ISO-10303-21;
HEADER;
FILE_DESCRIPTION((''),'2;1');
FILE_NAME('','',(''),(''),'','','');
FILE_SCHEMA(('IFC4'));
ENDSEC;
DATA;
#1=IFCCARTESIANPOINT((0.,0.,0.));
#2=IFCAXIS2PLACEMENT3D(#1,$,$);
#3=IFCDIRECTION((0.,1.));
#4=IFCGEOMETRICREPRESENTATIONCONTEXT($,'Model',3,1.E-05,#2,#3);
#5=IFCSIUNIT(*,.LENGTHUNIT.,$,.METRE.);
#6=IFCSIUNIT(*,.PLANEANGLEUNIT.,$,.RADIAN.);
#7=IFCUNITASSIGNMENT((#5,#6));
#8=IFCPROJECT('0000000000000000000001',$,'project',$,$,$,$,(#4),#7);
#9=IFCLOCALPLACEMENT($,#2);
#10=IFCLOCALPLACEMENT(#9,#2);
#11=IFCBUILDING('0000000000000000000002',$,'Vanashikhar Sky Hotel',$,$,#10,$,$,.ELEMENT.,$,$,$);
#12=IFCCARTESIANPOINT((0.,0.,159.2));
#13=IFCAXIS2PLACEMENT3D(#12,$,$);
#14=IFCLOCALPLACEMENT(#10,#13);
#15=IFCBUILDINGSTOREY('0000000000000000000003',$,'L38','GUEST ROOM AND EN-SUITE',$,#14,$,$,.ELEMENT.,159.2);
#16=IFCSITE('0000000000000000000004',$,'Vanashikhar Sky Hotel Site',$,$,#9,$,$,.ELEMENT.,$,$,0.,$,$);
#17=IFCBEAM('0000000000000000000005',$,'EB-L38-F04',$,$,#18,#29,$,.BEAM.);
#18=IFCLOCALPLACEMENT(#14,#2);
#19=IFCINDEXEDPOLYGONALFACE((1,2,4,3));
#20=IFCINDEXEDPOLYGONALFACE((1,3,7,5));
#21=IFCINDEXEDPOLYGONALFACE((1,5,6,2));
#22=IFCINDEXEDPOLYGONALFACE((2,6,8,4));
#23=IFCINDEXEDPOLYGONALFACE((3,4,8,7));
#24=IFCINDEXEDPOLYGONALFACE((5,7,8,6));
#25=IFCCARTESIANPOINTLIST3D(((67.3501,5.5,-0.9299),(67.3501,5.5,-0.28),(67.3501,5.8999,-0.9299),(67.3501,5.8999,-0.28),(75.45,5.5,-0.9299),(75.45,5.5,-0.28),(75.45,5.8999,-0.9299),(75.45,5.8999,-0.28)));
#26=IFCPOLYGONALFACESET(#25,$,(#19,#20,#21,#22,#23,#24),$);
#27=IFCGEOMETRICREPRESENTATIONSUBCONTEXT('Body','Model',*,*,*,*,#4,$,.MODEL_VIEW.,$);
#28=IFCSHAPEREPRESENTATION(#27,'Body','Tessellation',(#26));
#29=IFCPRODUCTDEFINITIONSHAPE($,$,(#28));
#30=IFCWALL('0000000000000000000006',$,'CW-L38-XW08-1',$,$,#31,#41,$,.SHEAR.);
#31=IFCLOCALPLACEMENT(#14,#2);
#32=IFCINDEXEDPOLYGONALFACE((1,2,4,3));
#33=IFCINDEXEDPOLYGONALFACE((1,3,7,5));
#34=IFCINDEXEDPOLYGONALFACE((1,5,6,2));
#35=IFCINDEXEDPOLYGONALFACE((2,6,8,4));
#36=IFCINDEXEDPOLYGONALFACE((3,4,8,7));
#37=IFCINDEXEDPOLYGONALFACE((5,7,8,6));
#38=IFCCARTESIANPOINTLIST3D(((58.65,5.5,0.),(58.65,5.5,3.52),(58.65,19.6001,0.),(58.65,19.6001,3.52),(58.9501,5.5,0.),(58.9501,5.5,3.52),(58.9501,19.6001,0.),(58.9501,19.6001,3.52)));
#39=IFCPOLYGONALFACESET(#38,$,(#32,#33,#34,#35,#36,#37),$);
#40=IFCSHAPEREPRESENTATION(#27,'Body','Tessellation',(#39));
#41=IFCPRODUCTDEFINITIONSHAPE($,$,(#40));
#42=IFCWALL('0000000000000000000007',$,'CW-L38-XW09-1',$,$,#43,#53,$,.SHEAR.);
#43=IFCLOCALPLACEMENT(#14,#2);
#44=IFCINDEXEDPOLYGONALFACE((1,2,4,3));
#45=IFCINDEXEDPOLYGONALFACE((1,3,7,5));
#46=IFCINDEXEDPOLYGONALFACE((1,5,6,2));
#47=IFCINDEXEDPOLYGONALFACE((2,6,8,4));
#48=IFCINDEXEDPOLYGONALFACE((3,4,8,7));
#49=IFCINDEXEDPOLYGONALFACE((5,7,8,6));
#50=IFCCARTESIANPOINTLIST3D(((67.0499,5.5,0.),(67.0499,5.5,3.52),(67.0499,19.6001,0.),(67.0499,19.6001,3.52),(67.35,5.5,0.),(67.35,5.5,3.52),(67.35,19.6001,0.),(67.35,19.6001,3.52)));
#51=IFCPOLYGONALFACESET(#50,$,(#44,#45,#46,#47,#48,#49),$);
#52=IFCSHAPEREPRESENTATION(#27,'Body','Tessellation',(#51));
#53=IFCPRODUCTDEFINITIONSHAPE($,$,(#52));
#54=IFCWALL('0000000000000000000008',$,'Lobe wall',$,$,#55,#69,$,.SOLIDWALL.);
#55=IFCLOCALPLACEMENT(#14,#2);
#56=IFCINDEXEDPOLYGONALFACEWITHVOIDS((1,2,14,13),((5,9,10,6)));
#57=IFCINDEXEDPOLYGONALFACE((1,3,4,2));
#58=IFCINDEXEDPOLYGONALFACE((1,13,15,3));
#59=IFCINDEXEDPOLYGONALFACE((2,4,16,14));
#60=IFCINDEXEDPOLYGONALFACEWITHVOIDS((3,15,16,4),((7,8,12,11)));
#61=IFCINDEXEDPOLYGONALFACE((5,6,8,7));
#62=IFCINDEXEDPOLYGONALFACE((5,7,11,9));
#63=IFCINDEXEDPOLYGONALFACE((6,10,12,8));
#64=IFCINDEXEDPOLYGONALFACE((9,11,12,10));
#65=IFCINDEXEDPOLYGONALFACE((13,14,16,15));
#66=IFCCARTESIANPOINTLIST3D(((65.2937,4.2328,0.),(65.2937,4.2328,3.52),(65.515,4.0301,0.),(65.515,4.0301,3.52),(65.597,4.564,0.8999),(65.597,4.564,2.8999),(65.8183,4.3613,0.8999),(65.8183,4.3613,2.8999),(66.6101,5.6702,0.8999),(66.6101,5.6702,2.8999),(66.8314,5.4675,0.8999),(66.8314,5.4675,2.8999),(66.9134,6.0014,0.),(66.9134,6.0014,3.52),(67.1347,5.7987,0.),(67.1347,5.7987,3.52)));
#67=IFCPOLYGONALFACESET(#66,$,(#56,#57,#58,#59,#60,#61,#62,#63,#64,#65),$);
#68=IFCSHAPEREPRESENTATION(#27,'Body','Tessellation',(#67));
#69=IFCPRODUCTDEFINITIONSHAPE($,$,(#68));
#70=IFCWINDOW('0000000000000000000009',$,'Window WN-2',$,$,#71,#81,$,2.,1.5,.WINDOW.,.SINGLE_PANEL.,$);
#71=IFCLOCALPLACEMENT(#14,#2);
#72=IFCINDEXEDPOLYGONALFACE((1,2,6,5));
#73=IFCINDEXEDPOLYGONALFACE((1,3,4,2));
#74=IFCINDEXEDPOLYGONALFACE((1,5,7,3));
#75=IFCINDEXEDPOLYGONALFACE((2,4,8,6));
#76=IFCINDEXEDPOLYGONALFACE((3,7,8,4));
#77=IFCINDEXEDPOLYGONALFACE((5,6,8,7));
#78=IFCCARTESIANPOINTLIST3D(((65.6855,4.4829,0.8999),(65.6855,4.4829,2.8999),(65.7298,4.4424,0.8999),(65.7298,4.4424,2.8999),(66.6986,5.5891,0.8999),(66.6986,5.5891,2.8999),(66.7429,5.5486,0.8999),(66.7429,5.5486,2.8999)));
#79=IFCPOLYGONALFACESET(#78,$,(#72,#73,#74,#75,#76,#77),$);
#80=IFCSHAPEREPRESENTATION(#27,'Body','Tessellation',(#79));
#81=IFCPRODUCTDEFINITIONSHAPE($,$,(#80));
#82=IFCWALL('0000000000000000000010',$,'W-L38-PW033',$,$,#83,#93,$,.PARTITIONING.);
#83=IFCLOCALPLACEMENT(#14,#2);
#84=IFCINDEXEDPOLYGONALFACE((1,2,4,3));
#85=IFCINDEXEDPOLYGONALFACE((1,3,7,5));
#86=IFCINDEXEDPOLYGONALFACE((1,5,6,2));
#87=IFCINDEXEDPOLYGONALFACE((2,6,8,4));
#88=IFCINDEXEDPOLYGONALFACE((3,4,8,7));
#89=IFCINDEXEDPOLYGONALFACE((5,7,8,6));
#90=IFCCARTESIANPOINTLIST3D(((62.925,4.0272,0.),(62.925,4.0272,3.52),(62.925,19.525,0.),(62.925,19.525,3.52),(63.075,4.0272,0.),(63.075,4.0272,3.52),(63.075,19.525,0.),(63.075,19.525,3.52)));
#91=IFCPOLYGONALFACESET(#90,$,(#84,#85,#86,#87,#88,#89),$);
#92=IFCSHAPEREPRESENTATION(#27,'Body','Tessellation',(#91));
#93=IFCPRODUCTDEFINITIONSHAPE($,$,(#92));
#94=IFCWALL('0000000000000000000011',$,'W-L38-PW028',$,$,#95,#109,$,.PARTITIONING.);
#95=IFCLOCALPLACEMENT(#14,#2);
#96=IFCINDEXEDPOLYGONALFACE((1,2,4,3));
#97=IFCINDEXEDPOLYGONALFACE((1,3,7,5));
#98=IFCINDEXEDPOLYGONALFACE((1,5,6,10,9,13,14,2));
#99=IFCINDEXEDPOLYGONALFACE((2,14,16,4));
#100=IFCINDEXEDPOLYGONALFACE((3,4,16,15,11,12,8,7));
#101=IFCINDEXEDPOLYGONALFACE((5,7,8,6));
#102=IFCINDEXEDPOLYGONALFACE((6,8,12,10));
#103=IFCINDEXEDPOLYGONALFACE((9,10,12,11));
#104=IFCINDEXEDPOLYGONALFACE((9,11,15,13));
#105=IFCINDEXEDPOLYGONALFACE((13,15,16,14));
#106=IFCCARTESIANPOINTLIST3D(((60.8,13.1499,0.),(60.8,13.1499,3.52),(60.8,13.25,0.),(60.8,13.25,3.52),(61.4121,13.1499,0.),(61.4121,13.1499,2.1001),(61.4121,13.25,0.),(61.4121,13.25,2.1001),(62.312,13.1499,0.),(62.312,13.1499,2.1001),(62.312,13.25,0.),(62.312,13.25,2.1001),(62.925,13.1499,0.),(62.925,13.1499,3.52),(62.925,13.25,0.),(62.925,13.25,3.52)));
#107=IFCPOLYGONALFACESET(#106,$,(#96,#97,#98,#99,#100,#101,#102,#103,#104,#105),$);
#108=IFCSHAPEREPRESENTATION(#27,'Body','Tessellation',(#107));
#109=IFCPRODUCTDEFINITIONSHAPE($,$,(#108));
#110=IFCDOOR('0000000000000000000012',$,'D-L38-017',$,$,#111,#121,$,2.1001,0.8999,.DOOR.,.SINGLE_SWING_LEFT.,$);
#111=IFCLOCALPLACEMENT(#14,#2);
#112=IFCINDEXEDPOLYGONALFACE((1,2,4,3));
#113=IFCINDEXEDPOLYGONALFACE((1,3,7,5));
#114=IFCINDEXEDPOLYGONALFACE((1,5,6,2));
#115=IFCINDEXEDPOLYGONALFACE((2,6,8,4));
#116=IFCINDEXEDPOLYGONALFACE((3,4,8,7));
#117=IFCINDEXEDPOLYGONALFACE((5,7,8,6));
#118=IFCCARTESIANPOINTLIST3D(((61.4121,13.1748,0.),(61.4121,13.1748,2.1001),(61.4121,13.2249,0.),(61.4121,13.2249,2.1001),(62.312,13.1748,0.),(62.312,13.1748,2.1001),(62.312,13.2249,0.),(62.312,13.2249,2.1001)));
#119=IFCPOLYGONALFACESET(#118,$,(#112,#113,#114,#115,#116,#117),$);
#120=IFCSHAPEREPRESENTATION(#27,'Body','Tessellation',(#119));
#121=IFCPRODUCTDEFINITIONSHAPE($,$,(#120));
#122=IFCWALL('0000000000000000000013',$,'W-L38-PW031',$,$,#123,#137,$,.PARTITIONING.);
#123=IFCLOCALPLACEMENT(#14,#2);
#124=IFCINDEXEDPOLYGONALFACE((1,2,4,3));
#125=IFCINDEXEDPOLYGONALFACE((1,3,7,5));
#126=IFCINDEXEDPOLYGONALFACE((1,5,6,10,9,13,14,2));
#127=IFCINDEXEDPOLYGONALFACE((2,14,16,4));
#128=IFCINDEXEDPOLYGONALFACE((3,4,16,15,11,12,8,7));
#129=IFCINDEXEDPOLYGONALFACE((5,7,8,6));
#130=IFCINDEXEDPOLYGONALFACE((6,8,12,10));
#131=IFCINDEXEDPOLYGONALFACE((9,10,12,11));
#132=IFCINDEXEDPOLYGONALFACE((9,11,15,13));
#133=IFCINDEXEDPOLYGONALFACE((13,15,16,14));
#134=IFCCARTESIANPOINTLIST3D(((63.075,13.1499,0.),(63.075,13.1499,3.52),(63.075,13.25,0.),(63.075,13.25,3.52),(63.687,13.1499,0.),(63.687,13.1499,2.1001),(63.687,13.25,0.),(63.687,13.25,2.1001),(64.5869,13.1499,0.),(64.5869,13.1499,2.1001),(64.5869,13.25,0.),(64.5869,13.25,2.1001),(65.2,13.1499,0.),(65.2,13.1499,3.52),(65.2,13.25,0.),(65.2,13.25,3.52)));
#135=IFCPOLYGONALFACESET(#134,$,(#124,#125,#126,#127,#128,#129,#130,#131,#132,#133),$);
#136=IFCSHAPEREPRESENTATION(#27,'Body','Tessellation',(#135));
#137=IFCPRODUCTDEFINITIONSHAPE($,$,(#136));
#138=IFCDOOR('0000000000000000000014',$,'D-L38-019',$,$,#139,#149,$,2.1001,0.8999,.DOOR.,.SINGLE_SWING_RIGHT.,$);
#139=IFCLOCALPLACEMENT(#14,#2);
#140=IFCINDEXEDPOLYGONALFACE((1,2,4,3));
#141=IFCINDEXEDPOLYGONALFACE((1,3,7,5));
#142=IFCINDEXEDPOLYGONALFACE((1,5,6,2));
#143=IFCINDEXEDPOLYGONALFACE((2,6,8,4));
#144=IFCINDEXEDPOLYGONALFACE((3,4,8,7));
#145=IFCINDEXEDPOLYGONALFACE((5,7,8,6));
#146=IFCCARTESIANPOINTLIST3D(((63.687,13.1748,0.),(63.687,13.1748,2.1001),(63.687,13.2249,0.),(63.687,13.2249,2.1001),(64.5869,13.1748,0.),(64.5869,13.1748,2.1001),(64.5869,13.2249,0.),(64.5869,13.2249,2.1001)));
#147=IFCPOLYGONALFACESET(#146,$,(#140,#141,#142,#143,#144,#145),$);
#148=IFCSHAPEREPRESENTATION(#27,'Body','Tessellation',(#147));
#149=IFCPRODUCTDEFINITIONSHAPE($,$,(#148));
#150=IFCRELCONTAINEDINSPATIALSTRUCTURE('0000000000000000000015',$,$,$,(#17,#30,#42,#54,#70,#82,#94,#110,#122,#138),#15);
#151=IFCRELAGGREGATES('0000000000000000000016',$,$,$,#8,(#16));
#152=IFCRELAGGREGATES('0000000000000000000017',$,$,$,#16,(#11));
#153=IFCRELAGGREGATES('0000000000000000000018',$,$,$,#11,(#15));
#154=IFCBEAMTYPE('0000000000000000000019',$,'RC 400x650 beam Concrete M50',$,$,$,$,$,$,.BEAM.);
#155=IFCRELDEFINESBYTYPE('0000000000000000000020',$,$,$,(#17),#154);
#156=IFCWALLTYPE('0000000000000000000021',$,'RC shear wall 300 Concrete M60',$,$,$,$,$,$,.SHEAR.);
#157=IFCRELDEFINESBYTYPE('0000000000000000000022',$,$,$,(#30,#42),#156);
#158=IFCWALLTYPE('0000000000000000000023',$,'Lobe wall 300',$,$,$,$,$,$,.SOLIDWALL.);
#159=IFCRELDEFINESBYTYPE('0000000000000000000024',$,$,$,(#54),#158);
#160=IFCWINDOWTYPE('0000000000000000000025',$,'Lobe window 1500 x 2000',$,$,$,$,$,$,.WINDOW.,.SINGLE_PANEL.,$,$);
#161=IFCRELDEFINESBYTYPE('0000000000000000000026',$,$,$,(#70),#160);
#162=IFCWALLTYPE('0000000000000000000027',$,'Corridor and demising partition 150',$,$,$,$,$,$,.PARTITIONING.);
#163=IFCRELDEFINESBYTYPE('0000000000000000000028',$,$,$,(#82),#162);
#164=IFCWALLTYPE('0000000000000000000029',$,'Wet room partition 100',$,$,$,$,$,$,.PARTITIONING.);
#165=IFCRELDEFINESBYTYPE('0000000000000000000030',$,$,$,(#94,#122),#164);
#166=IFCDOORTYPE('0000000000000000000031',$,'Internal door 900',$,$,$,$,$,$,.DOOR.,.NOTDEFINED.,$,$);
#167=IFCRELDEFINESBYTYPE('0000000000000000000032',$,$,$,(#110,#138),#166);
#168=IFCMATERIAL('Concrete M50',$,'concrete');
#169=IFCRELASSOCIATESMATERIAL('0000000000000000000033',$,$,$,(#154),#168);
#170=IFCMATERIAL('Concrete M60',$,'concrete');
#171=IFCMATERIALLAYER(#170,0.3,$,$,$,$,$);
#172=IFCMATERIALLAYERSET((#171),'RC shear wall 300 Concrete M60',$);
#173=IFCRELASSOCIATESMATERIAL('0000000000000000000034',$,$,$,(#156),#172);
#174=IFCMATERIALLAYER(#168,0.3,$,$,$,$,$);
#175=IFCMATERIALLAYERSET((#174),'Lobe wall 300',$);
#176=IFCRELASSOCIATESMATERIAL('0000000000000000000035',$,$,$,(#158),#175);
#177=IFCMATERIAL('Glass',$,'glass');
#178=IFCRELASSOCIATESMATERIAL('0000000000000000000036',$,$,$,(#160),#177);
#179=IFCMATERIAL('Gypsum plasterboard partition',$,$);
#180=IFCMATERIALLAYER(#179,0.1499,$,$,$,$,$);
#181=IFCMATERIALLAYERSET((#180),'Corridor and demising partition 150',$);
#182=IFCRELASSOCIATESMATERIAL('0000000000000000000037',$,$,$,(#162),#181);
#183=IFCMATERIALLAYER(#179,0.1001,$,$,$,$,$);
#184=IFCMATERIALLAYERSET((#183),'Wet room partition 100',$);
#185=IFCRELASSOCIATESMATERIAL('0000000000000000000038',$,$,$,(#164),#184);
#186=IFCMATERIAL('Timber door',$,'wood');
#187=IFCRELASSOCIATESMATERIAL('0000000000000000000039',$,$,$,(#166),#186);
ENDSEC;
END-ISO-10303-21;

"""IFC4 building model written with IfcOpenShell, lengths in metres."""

from ifc_helpers import new_model, si_unit, direction, frame, frame_2d, origin, origin_2d, place, context, subcontext, project, spatial, rectangle, extrude, source, transform, mapped, material, layer, layer_set, material_profile, profile_set, type_object, element, fill, save


model = new_model("IFC4")

# Units and contexts
model_context = context("Model", 3, precision=1e-05, world=origin(), true_north=direction((0.0, 1.0)))
body_context = subcontext(model_context, "Body", "Model", "MODEL_VIEW")
ifc_project = project(units=[si_unit("LENGTHUNIT", "METRE"), si_unit("PLANEANGLEUNIT", "RADIAN")], contexts=[model_context])

# Site, building, storey
site_placement = place(None, origin())
site = spatial("IfcSite", under=ifc_project, at=site_placement, Name="Vanashikhar Sky Hotel Site", CompositionType="ELEMENT", RefElevation=0.0)
building_placement = place(site_placement, origin())
building = spatial("IfcBuilding", under=site, at=building_placement, Name="Vanashikhar Sky Hotel", CompositionType="ELEMENT")
storey_placement = place(building_placement, frame((0.0, 0.0, 159.2)))
storey = spatial("IfcBuildingStorey", under=building, at=storey_placement, Name="L38", Description="GUEST ROOM AND EN-SUITE", CompositionType="ELEMENT", Elevation=159.2)

# Beam
ifc_material_1 = material(Name="Concrete M50", Category="concrete")
ifc_material_profile = material_profile(ifc_material_1, rectangle(XDim=0.3999, YDim=0.6499, at=origin_2d()))
ifc_profile_set = profile_set([ifc_material_profile], Name="RC 400x650 beam Concrete M50")
beam_type = type_object("IfcBeamType", Name="RC 400x650 beam Concrete M50", PredefinedType="BEAM", material=ifc_profile_set)
shared_shape_1 = source(origin(), body_context, "Body", "SweptSolid", [
    extrude(rectangle(XDim=0.3999, YDim=0.6499, at=origin_2d()), origin(), (0.0, 0.0, 1.0), 8.0999),
])
beam_placement = place(storey_placement, frame((67.3501, 5.7, -0.605), z_axis=(1.0, 0.0, 0.0), x_axis=(0.0, 1.0, 0.0)))
element("IfcBeam", 1, at=beam_placement, inside=storey, type_object=beam_type, Name="EB-L38-F04", PredefinedType="BEAM", context=body_context, shape_type="MappedRepresentation", body=[
    mapped(shared_shape_1, transform((0.0, 0.0, 0.0), scale=1.0)),
])

# Walls
ifc_material_2 = material(Name="Concrete M60", Category="concrete")
ifc_layer_1 = layer(ifc_material_2, 0.3)
ifc_layer_set_1 = layer_set([ifc_layer_1], Name="RC shear wall 300 Concrete M60")
wall_type_1 = type_object("IfcWallType", Name="RC shear wall 300 Concrete M60", PredefinedType="SHEAR", material=ifc_layer_set_1)
shared_shape_2 = source(origin(), body_context, "Body", "SweptSolid", [
    extrude(rectangle(XDim=14.1001, YDim=0.3, at=frame_2d((7.05, 0.0))), origin(), (0.0, 0.0, 1.0), 3.52),
])
for number, where, z_axis, x_axis, name in (
    (2, (58.8, 5.5, 0.0), (0.0, 0.0, 1.0), (0.0, 1.0, 0.0), "CW-L38-XW08-1"),
    (3, (67.2, 5.5, 0.0), (0.0, 0.0, 1.0), (0.0, 1.0, 0.0), "CW-L38-XW09-1"),
):
    element("IfcWall", number, at=place(storey_placement, frame(where, z_axis=z_axis, x_axis=x_axis)), inside=storey, type_object=wall_type_1, Name=name, PredefinedType="SHEAR", context=body_context, shape_type="MappedRepresentation", body=[
        mapped(shared_shape_2, transform((0.0, 0.0, 0.0), scale=1.0)),
    ])

# Wall, opening, window
ifc_layer_2 = layer(ifc_material_1, 0.3)
ifc_layer_set_2 = layer_set([ifc_layer_2], Name="Lobe wall 300")
wall_type_2 = type_object("IfcWallType", Name="Lobe wall 300", PredefinedType="SOLIDWALL", material=ifc_layer_set_2)
shared_shape_3 = source(origin(), body_context, "Body", "SweptSolid", [
    extrude(rectangle(XDim=2.3982, YDim=0.3, at=frame_2d((1.1992, 0.0))), origin(), (0.0, 0.0, 1.0), 3.52),
])
wall_1_placement = place(storey_placement, frame((65.4043, 4.1313, 0.0), z_axis=(0.0, 0.0, 1.0), x_axis=(0.675374, 0.737475, 0.0)))
wall_1 = element("IfcWall", 4, at=wall_1_placement, inside=storey, type_object=wall_type_2, Name="Lobe wall", PredefinedType="SOLIDWALL", context=body_context, shape_type="MappedRepresentation", body=[
    mapped(shared_shape_3, transform((0.0, 0.0, 0.0), scale=1.0)),
])
shared_shape_4 = source(origin(), body_context, "Body", "SweptSolid", [
    extrude(rectangle(XDim=1.5, YDim=2.0, at=frame_2d((0.75, 1.0))), frame((0.0, 0.1602, 0.0), z_axis=(0.0, -1.0, 0.0), x_axis=(1.0, 0.0, 0.0)), (0.0, 0.0, 1.0), 0.3201),
])
opening_1_placement = place(wall_1_placement, frame((0.4492, 0.0, 0.8999)))
opening_1 = element("IfcOpeningElement", 5, at=opening_1_placement, cuts=wall_1, PredefinedType="OPENING", context=body_context, shape_type="MappedRepresentation", body=[
    mapped(shared_shape_4, transform((0.0, 0.0, 0.0), scale=1.0)),
])
ifc_material_3 = material(Name="Glass", Category="glass")
window_type_1 = type_object("IfcWindowType", Name="Lobe window 1500 x 2000", PartitioningType="SINGLE_PANEL", PredefinedType="WINDOW", material=ifc_material_3)
shared_shape_5 = source(origin(), body_context, "Body", "SweptSolid", [
    extrude(rectangle(XDim=1.5, YDim=2.0, at=frame_2d((0.75, 1.0))), frame((0.0, 0.03, 0.0), z_axis=(0.0, -1.0, 0.0), x_axis=(1.0, 0.0, 0.0)), (0.0, 0.0, 1.0), 0.0601),
])
window_1_placement = place(opening_1_placement, origin())
window_1 = element("IfcWindow", 6, at=window_1_placement, inside=storey, type_object=window_type_1, Name="Window WN-2", OverallHeight=2.0, OverallWidth=1.5, PartitioningType="SINGLE_PANEL", PredefinedType="WINDOW", context=body_context, shape_type="MappedRepresentation", body=[
    mapped(shared_shape_5, transform((0.0, 0.0, 0.0), scale=1.0)),
])
fill(opening_1, window_1)

# Wall
ifc_material_4 = material(Name="Gypsum plasterboard partition")
ifc_layer_3 = layer(ifc_material_4, 0.1499)
ifc_layer_set_3 = layer_set([ifc_layer_3], Name="Corridor and demising partition 150")
wall_type_3 = type_object("IfcWallType", Name="Corridor and demising partition 150", PredefinedType="PARTITIONING", material=ifc_layer_set_3)
shared_shape_6 = source(origin(), body_context, "Body", "SweptSolid", [
    extrude(rectangle(XDim=15.4978, YDim=0.1499, at=frame_2d((7.749, 0.0))), origin(), (0.0, 0.0, 1.0), 3.52),
])
wall_2_placement = place(storey_placement, frame((63.0, 4.0271, 0.0), z_axis=(0.0, 0.0, 1.0), x_axis=(0.0, 1.0, 0.0)))
element("IfcWall", 7, at=wall_2_placement, inside=storey, type_object=wall_type_3, Name="W-L38-PW033", PredefinedType="PARTITIONING", context=body_context, shape_type="MappedRepresentation", body=[
    mapped(shared_shape_6, transform((0.0, 0.0, 0.0), scale=1.0)),
])

# Walls, openings, doors
ifc_layer_4 = layer(ifc_material_4, 0.1001)
ifc_layer_set_4 = layer_set([ifc_layer_4], Name="Wet room partition 100")
wall_type_4 = type_object("IfcWallType", Name="Wet room partition 100", PredefinedType="PARTITIONING", material=ifc_layer_set_4)
shared_shape_7 = source(origin(), body_context, "Body", "SweptSolid", [
    extrude(rectangle(XDim=2.125, YDim=0.1001, at=frame_2d((1.0625, 0.0))), origin(), (0.0, 0.0, 1.0), 3.52),
])
wall_3_placement = place(storey_placement, frame((60.8, 13.2, 0.0), z_axis=(0.0, 0.0, 1.0), x_axis=(1.0, 0.0, 0.0)))
wall_3 = element("IfcWall", 8, at=wall_3_placement, inside=storey, type_object=wall_type_4, Name="W-L38-PW028", PredefinedType="PARTITIONING", context=body_context, shape_type="MappedRepresentation", body=[
    mapped(shared_shape_7, transform((0.0, 0.0, 0.0), scale=1.0)),
])
shared_shape_8 = source(origin(), body_context, "Body", "SweptSolid", [
    extrude(rectangle(XDim=0.8999, YDim=2.1001, at=frame_2d((0.45, 1.05))), frame((0.0, 0.0601, 0.0), z_axis=(0.0, -1.0, 0.0), x_axis=(1.0, 0.0, 0.0)), (0.0, 0.0, 1.0), 0.1201),
])
opening_2_placement = place(wall_3_placement, frame((0.6121, 0.0, 0.0)))
opening_2 = element("IfcOpeningElement", 9, at=opening_2_placement, cuts=wall_3, PredefinedType="OPENING", context=body_context, shape_type="MappedRepresentation", body=[
    mapped(shared_shape_8, transform((0.0, 0.0, 0.0), scale=1.0)),
])
ifc_material_5 = material(Name="Timber door", Category="wood")
door_type_1 = type_object("IfcDoorType", Name="Internal door 900", OperationType="NOTDEFINED", PredefinedType="DOOR", material=ifc_material_5)
shared_shape_9 = source(origin(), body_context, "Body", "SweptSolid", [
    extrude(rectangle(XDim=0.8999, YDim=2.1001, at=frame_2d((0.45, 1.05))), frame((0.0, 0.0249, 0.0), z_axis=(0.0, -1.0, 0.0), x_axis=(1.0, 0.0, 0.0)), (0.0, 0.0, 1.0), 0.05),
])
door_1_placement = place(opening_2_placement, origin())
door_1 = element("IfcDoor", 10, at=door_1_placement, inside=storey, type_object=door_type_1, Name="D-L38-017", OperationType="SINGLE_SWING_LEFT", OverallHeight=2.1001, OverallWidth=0.8999, PredefinedType="DOOR", context=body_context, shape_type="MappedRepresentation", body=[
    mapped(shared_shape_9, transform((0.0, 0.0, 0.0), scale=1.0)),
])
fill(opening_2, door_1)
wall_4_placement = place(storey_placement, frame((63.075, 13.2, 0.0), z_axis=(0.0, 0.0, 1.0), x_axis=(1.0, 0.0, 0.0)))
wall_4 = element("IfcWall", 11, at=wall_4_placement, inside=storey, type_object=wall_type_4, Name="W-L38-PW031", PredefinedType="PARTITIONING", context=body_context, shape_type="MappedRepresentation", body=[
    mapped(shared_shape_7, transform((0.0, 0.0, 0.0), scale=1.0)),
])
opening_3_placement = place(wall_4_placement, frame((0.6121, 0.0, 0.0)))
opening_3 = element("IfcOpeningElement", 12, at=opening_3_placement, cuts=wall_4, PredefinedType="OPENING", context=body_context, shape_type="MappedRepresentation", body=[
    mapped(shared_shape_8, transform((0.0, 0.0, 0.0), scale=1.0)),
])
door_2_placement = place(opening_3_placement, origin())
door_2 = element("IfcDoor", 13, at=door_2_placement, inside=storey, type_object=door_type_1, Name="D-L38-019", OperationType="SINGLE_SWING_RIGHT", OverallHeight=2.1001, OverallWidth=0.8999, PredefinedType="DOOR", context=body_context, shape_type="MappedRepresentation", body=[
    mapped(shared_shape_9, transform((0.0, 0.0, 0.0), scale=1.0)),
])
fill(opening_3, door_2)

save(model, "model.ifc")
